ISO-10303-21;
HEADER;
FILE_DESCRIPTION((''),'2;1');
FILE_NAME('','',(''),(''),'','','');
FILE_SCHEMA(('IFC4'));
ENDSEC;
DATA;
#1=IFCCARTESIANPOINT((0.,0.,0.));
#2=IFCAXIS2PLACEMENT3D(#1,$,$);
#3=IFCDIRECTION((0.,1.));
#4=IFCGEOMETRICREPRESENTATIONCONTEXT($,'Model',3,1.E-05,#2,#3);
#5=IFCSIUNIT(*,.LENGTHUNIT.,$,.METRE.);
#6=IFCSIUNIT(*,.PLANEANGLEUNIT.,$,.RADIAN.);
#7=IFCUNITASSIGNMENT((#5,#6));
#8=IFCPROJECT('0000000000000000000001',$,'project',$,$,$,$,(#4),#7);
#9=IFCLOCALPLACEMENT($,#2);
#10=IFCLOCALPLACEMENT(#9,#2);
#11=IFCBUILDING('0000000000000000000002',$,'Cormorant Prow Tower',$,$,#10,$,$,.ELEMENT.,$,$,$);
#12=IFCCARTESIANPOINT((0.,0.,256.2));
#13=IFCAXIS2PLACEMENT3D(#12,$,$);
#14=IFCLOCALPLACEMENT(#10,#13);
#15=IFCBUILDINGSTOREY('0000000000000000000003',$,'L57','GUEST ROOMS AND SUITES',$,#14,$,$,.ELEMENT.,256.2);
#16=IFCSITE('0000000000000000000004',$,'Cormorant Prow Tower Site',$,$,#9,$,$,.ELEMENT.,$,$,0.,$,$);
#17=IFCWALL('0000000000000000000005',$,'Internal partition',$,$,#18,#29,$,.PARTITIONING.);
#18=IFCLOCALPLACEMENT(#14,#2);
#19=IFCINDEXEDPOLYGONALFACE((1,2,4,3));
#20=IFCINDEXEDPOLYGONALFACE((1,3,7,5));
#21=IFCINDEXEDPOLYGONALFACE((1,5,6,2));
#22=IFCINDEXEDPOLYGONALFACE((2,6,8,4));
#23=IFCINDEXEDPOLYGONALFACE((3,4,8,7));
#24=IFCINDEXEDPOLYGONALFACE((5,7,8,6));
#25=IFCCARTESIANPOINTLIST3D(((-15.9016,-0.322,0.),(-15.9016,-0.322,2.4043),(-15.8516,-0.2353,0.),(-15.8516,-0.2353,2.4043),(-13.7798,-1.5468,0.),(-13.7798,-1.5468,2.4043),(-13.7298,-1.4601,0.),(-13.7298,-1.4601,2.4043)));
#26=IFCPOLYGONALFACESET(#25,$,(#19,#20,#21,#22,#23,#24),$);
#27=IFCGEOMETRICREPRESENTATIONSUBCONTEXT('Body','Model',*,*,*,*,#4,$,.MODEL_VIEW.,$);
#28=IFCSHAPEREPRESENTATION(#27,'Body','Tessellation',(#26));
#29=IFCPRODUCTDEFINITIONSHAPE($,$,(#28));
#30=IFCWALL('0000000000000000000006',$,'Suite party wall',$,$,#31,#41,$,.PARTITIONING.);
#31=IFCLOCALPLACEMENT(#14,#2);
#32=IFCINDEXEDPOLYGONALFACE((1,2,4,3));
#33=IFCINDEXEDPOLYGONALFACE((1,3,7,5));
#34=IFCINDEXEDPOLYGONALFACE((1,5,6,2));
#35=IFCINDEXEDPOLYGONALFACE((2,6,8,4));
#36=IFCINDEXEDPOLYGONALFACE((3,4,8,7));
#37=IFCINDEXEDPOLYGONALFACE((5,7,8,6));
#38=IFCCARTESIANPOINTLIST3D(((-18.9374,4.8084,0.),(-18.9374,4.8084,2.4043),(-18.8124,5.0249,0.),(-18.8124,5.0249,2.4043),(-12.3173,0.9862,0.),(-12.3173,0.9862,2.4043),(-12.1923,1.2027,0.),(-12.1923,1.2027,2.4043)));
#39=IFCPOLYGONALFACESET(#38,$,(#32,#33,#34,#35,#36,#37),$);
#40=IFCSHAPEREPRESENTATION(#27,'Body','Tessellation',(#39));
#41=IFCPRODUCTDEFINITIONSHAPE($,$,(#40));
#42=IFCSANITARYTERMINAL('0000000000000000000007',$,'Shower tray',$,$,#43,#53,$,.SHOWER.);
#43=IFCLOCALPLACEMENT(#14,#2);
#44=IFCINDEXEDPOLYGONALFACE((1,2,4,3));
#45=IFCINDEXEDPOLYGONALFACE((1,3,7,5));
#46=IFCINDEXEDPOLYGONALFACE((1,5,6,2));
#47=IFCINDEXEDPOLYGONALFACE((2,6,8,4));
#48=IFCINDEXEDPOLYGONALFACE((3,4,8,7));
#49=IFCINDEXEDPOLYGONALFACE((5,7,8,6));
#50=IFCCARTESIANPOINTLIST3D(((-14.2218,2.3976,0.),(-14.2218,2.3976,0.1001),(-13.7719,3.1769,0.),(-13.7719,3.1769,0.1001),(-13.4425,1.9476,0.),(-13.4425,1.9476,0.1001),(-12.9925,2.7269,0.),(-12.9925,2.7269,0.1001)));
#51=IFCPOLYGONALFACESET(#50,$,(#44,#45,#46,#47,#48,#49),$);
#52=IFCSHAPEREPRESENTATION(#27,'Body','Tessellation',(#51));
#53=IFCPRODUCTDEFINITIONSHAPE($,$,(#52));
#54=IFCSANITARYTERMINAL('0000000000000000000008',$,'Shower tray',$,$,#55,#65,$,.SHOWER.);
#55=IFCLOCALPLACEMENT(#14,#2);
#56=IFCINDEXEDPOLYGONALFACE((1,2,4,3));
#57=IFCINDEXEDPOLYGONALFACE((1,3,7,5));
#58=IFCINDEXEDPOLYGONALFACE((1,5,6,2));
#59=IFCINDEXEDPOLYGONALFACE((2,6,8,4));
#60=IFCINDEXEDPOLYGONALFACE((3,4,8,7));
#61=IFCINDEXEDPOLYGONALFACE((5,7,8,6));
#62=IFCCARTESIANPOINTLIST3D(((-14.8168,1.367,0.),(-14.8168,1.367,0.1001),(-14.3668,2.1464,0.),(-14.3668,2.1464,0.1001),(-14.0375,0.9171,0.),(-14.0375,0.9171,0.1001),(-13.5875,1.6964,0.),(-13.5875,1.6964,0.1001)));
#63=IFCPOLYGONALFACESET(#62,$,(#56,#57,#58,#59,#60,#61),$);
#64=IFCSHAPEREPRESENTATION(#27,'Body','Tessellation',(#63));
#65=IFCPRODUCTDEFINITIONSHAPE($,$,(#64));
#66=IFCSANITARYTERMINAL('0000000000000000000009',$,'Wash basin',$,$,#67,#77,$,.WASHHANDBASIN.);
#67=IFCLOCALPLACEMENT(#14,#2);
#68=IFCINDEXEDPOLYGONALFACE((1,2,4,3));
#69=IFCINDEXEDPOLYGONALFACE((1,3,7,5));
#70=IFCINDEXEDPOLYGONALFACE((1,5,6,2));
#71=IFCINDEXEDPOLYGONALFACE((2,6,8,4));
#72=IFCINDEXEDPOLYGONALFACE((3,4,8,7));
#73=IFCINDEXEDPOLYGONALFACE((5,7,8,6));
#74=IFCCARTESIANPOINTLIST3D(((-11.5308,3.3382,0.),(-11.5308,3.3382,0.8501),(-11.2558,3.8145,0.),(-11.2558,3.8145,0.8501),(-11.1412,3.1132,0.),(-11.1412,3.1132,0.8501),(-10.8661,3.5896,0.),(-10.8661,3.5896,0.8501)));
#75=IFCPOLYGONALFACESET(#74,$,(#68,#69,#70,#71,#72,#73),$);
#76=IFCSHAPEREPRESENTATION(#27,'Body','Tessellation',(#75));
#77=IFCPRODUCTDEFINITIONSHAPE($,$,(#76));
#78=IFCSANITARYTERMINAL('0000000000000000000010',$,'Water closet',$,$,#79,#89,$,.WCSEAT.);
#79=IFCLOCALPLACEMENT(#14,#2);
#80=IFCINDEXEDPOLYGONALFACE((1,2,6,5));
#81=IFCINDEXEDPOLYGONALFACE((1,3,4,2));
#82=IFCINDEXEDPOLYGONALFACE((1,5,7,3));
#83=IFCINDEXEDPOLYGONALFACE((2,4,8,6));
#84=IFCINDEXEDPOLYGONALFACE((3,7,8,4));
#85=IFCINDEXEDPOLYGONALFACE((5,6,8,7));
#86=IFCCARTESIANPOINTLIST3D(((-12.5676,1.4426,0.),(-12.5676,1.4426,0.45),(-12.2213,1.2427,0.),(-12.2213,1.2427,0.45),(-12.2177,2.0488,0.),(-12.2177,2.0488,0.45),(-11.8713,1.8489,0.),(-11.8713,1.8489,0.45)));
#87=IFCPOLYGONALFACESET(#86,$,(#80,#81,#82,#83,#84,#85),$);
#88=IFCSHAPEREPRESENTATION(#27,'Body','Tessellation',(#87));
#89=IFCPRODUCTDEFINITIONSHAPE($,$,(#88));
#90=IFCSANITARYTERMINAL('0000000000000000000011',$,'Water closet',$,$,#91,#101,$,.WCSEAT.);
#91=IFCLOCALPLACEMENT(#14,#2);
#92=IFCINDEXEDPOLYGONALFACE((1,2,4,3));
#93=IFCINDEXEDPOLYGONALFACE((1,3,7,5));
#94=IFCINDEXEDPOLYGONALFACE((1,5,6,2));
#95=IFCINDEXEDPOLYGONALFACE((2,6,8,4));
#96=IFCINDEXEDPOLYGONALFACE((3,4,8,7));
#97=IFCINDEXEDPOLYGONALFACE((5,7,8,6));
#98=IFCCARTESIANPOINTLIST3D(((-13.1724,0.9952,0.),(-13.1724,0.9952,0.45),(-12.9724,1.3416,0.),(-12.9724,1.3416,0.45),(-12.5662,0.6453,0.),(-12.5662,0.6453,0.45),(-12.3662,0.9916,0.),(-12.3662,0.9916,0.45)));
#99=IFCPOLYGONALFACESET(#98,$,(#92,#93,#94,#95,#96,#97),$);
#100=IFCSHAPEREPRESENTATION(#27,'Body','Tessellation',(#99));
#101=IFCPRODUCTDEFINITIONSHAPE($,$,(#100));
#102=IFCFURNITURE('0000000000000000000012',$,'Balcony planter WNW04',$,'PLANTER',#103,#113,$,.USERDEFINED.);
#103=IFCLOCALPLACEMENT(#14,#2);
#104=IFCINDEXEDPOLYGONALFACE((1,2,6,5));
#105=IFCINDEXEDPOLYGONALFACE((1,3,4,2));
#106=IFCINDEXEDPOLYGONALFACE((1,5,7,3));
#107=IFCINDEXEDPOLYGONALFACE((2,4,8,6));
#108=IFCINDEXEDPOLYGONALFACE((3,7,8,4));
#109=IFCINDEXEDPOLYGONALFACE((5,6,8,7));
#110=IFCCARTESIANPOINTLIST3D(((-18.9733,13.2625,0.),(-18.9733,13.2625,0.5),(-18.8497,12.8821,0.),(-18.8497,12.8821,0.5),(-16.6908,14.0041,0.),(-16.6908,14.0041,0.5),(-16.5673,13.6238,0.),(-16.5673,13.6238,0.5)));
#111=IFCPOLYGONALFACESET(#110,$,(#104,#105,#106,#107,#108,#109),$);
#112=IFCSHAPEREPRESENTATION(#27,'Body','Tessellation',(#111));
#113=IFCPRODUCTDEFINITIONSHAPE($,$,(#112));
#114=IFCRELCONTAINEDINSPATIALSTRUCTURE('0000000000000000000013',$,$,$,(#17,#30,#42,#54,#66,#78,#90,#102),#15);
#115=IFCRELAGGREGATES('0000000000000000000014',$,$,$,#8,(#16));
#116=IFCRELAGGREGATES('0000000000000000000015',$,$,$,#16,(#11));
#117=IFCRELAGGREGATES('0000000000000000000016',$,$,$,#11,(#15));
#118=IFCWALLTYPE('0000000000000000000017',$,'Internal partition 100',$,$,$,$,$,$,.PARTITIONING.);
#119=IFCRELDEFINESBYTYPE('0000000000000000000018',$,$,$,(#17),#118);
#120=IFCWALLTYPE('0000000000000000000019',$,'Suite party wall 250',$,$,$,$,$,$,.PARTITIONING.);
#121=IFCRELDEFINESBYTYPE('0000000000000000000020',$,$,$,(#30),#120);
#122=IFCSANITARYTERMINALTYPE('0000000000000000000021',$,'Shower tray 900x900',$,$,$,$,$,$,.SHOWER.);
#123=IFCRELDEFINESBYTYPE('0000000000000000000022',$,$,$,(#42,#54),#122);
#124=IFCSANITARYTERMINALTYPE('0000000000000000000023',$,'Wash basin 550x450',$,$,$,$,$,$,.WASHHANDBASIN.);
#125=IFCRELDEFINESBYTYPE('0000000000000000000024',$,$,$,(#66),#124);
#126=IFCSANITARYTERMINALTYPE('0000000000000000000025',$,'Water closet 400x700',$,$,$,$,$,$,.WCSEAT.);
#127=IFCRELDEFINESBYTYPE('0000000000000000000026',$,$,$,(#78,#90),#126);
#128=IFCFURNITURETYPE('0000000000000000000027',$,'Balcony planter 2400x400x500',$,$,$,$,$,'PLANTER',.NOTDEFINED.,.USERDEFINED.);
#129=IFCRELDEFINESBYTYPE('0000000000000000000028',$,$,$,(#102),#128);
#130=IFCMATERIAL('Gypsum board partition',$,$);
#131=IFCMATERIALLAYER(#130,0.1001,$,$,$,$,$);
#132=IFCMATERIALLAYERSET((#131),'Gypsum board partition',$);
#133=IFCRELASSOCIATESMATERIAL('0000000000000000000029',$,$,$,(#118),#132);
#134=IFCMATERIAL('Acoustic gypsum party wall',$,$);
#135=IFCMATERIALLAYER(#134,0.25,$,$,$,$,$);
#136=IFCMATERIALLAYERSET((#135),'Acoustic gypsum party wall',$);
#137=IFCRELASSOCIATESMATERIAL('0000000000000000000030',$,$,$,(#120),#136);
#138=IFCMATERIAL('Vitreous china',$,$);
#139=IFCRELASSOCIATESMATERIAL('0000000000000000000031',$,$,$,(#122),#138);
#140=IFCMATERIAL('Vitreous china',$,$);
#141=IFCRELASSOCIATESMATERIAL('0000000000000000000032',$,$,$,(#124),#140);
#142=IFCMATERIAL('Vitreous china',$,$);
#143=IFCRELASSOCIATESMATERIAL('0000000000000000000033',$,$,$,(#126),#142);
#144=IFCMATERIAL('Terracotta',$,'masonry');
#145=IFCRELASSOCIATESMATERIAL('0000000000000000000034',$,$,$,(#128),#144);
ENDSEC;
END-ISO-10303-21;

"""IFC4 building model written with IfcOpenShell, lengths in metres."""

from ifc_helpers import new_model, si_unit, direction, frame, frame_2d, origin, origin_2d, place, context, subcontext, project, spatial, rectangle, extrude, material, layer, layer_set, type_object, element, save


model = new_model("IFC4")

# Units and contexts
model_context = context("Model", 3, precision=1e-05, world=origin(), true_north=direction((0.0, 1.0)))
body_context = subcontext(model_context, "Body", "Model", "MODEL_VIEW")
ifc_project = project(units=[si_unit("LENGTHUNIT", "METRE"), si_unit("PLANEANGLEUNIT", "RADIAN")], contexts=[model_context])

# Site, building, storey
site_placement = place(None, origin())
site = spatial("IfcSite", under=ifc_project, at=site_placement, Name="Cormorant Prow Tower Site", CompositionType="ELEMENT", RefElevation=0.0)
building_placement = place(site_placement, origin())
building = spatial("IfcBuilding", under=site, at=building_placement, Name="Cormorant Prow Tower", CompositionType="ELEMENT")
storey_placement = place(building_placement, frame((0.0, 0.0, 256.2)))
storey = spatial("IfcBuildingStorey", under=building, at=storey_placement, Name="L57", Description="GUEST ROOMS AND SUITES", CompositionType="ELEMENT", Elevation=256.2)

# Walls
ifc_material_1 = material(Name="Gypsum board partition")
ifc_layer_1 = layer(ifc_material_1, 0.1001)
ifc_layer_set_1 = layer_set([ifc_layer_1], Name="Gypsum board partition")
wall_type_1 = type_object("IfcWallType", Name="Internal partition 100", PredefinedType="PARTITIONING", material=ifc_layer_set_1)
for number, where, z_axis, x_axis, name in (
    (1, (-15.8767, -0.2786, 0.0), (0.0, 0.0, 1.0), (0.866058, -0.499944, 0.0), "Internal partition"),
):
    element("IfcWall", number, at=place(storey_placement, frame(where, z_axis=z_axis, x_axis=x_axis)), inside=storey, type_object=wall_type_1, Name=name, PredefinedType="PARTITIONING", context=body_context, shape_type="SweptSolid", body=[
        extrude(rectangle(XDim=2.45, YDim=0.1001, at=frame_2d((1.2251, 0.0))), origin(), (0.0, 0.0, 1.0), 2.4043),
    ])
ifc_material_2 = material(Name="Acoustic gypsum party wall")
ifc_layer_2 = layer(ifc_material_2, 0.25)
ifc_layer_set_2 = layer_set([ifc_layer_2], Name="Acoustic gypsum party wall")
wall_type_2 = type_object("IfcWallType", Name="Suite party wall 250", PredefinedType="PARTITIONING", material=ifc_layer_set_2)
wall_1_placement = place(storey_placement, frame((-18.875, 4.9167, 0.0), z_axis=(0.0, 0.0, 1.0), x_axis=(0.866018, -0.500014, 0.0)))
element("IfcWall", 2, at=wall_1_placement, inside=storey, type_object=wall_type_2, Name="Suite party wall", PredefinedType="PARTITIONING", context=body_context, shape_type="SweptSolid", body=[
    extrude(rectangle(XDim=7.6443, YDim=0.25, at=frame_2d((3.8223, 0.0))), origin(), (0.0, 0.0, 1.0), 2.4043),
])

# Sanitary terminals
ifc_material_3 = material(Name="Vitreous china")
sanitary_terminal_type_1 = type_object("IfcSanitaryTerminalType", Name="Shower tray 900x900", PredefinedType="SHOWER", material=ifc_material_3)
for number, where, z_axis, x_axis, name in (
    (3, (-13.6072, 2.5623, 0.0), (0.0, 0.0, 1.0), (0.5, 0.866025, 0.0), "Shower tray"),
    (4, (-14.2021, 1.5317, 0.0), (0.0, 0.0, 1.0), (0.866025, -0.5, 0.0), "Shower tray"),
):
    element("IfcSanitaryTerminal", number, at=place(storey_placement, frame(where, z_axis=z_axis, x_axis=x_axis)), inside=storey, type_object=sanitary_terminal_type_1, Name=name, PredefinedType="SHOWER", context=body_context, shape_type="SweptSolid", body=[
        extrude(rectangle(XDim=0.8999, YDim=0.8999, at=origin_2d()), origin(), (0.0, 0.0, 1.0), 0.1001),
    ])
ifc_material_4 = material(Name="Vitreous china")
sanitary_terminal_type_2 = type_object("IfcSanitaryTerminalType", Name="Wash basin 550x450", PredefinedType="WASHHANDBASIN", material=ifc_material_4)
sanitary_terminal_placement = place(storey_placement, frame((-11.1985, 3.4639, 0.0), z_axis=(0.0, 0.0, 1.0), x_axis=(-0.5, -0.866025, 0.0)))
element("IfcSanitaryTerminal", 5, at=sanitary_terminal_placement, inside=storey, type_object=sanitary_terminal_type_2, Name="Wash basin", PredefinedType="WASHHANDBASIN", context=body_context, shape_type="SweptSolid", body=[
    extrude(rectangle(XDim=0.55, YDim=0.45, at=origin_2d()), origin(), (0.0, 0.0, 1.0), 0.8501),
])
ifc_material_5 = material(Name="Vitreous china")
sanitary_terminal_type_3 = type_object("IfcSanitaryTerminalType", Name="Water closet 400x700", PredefinedType="WCSEAT", material=ifc_material_5)
for number, where, z_axis, x_axis, name in (
    (6, (-12.2195, 1.6458, 0.0), (0.0, 0.0, 1.0), (-0.866025, 0.5, 0.0), "Water closet"),
    (7, (-12.7693, 0.9934, 0.0), (0.0, 0.0, 1.0), (-0.5, -0.866025, 0.0), "Water closet"),
):
    element("IfcSanitaryTerminal", number, at=place(storey_placement, frame(where, z_axis=z_axis, x_axis=x_axis)), inside=storey, type_object=sanitary_terminal_type_3, Name=name, PredefinedType="WCSEAT", context=body_context, shape_type="SweptSolid", body=[
        extrude(rectangle(XDim=0.3999, YDim=0.7, at=origin_2d()), origin(), (0.0, 0.0, 1.0), 0.45),
    ])

# Furniture
ifc_material_6 = material(Name="Terracotta", Category="masonry")
furniture_type = type_object("IfcFurnitureType", Name="Balcony planter 2400x400x500", ElementType="PLANTER", AssemblyPlace="NOTDEFINED", PredefinedType="USERDEFINED", material=ifc_material_6)
furniture_placement = place(storey_placement, frame((-17.7703, 13.4431, 0.0), z_axis=(0.0, 0.0, 1.0), x_axis=(-0.951056, -0.309017, 0.0)))
element("IfcFurniture", 8, at=furniture_placement, inside=storey, type_object=furniture_type, Name="Balcony planter WNW04", ObjectType="PLANTER", PredefinedType="USERDEFINED", context=body_context, shape_type="SweptSolid", body=[
    extrude(rectangle(XDim=2.3999, YDim=0.3999, at=origin_2d()), origin(), (0.0, 0.0, 1.0), 0.5),
])

save(model, "model.ifc")
